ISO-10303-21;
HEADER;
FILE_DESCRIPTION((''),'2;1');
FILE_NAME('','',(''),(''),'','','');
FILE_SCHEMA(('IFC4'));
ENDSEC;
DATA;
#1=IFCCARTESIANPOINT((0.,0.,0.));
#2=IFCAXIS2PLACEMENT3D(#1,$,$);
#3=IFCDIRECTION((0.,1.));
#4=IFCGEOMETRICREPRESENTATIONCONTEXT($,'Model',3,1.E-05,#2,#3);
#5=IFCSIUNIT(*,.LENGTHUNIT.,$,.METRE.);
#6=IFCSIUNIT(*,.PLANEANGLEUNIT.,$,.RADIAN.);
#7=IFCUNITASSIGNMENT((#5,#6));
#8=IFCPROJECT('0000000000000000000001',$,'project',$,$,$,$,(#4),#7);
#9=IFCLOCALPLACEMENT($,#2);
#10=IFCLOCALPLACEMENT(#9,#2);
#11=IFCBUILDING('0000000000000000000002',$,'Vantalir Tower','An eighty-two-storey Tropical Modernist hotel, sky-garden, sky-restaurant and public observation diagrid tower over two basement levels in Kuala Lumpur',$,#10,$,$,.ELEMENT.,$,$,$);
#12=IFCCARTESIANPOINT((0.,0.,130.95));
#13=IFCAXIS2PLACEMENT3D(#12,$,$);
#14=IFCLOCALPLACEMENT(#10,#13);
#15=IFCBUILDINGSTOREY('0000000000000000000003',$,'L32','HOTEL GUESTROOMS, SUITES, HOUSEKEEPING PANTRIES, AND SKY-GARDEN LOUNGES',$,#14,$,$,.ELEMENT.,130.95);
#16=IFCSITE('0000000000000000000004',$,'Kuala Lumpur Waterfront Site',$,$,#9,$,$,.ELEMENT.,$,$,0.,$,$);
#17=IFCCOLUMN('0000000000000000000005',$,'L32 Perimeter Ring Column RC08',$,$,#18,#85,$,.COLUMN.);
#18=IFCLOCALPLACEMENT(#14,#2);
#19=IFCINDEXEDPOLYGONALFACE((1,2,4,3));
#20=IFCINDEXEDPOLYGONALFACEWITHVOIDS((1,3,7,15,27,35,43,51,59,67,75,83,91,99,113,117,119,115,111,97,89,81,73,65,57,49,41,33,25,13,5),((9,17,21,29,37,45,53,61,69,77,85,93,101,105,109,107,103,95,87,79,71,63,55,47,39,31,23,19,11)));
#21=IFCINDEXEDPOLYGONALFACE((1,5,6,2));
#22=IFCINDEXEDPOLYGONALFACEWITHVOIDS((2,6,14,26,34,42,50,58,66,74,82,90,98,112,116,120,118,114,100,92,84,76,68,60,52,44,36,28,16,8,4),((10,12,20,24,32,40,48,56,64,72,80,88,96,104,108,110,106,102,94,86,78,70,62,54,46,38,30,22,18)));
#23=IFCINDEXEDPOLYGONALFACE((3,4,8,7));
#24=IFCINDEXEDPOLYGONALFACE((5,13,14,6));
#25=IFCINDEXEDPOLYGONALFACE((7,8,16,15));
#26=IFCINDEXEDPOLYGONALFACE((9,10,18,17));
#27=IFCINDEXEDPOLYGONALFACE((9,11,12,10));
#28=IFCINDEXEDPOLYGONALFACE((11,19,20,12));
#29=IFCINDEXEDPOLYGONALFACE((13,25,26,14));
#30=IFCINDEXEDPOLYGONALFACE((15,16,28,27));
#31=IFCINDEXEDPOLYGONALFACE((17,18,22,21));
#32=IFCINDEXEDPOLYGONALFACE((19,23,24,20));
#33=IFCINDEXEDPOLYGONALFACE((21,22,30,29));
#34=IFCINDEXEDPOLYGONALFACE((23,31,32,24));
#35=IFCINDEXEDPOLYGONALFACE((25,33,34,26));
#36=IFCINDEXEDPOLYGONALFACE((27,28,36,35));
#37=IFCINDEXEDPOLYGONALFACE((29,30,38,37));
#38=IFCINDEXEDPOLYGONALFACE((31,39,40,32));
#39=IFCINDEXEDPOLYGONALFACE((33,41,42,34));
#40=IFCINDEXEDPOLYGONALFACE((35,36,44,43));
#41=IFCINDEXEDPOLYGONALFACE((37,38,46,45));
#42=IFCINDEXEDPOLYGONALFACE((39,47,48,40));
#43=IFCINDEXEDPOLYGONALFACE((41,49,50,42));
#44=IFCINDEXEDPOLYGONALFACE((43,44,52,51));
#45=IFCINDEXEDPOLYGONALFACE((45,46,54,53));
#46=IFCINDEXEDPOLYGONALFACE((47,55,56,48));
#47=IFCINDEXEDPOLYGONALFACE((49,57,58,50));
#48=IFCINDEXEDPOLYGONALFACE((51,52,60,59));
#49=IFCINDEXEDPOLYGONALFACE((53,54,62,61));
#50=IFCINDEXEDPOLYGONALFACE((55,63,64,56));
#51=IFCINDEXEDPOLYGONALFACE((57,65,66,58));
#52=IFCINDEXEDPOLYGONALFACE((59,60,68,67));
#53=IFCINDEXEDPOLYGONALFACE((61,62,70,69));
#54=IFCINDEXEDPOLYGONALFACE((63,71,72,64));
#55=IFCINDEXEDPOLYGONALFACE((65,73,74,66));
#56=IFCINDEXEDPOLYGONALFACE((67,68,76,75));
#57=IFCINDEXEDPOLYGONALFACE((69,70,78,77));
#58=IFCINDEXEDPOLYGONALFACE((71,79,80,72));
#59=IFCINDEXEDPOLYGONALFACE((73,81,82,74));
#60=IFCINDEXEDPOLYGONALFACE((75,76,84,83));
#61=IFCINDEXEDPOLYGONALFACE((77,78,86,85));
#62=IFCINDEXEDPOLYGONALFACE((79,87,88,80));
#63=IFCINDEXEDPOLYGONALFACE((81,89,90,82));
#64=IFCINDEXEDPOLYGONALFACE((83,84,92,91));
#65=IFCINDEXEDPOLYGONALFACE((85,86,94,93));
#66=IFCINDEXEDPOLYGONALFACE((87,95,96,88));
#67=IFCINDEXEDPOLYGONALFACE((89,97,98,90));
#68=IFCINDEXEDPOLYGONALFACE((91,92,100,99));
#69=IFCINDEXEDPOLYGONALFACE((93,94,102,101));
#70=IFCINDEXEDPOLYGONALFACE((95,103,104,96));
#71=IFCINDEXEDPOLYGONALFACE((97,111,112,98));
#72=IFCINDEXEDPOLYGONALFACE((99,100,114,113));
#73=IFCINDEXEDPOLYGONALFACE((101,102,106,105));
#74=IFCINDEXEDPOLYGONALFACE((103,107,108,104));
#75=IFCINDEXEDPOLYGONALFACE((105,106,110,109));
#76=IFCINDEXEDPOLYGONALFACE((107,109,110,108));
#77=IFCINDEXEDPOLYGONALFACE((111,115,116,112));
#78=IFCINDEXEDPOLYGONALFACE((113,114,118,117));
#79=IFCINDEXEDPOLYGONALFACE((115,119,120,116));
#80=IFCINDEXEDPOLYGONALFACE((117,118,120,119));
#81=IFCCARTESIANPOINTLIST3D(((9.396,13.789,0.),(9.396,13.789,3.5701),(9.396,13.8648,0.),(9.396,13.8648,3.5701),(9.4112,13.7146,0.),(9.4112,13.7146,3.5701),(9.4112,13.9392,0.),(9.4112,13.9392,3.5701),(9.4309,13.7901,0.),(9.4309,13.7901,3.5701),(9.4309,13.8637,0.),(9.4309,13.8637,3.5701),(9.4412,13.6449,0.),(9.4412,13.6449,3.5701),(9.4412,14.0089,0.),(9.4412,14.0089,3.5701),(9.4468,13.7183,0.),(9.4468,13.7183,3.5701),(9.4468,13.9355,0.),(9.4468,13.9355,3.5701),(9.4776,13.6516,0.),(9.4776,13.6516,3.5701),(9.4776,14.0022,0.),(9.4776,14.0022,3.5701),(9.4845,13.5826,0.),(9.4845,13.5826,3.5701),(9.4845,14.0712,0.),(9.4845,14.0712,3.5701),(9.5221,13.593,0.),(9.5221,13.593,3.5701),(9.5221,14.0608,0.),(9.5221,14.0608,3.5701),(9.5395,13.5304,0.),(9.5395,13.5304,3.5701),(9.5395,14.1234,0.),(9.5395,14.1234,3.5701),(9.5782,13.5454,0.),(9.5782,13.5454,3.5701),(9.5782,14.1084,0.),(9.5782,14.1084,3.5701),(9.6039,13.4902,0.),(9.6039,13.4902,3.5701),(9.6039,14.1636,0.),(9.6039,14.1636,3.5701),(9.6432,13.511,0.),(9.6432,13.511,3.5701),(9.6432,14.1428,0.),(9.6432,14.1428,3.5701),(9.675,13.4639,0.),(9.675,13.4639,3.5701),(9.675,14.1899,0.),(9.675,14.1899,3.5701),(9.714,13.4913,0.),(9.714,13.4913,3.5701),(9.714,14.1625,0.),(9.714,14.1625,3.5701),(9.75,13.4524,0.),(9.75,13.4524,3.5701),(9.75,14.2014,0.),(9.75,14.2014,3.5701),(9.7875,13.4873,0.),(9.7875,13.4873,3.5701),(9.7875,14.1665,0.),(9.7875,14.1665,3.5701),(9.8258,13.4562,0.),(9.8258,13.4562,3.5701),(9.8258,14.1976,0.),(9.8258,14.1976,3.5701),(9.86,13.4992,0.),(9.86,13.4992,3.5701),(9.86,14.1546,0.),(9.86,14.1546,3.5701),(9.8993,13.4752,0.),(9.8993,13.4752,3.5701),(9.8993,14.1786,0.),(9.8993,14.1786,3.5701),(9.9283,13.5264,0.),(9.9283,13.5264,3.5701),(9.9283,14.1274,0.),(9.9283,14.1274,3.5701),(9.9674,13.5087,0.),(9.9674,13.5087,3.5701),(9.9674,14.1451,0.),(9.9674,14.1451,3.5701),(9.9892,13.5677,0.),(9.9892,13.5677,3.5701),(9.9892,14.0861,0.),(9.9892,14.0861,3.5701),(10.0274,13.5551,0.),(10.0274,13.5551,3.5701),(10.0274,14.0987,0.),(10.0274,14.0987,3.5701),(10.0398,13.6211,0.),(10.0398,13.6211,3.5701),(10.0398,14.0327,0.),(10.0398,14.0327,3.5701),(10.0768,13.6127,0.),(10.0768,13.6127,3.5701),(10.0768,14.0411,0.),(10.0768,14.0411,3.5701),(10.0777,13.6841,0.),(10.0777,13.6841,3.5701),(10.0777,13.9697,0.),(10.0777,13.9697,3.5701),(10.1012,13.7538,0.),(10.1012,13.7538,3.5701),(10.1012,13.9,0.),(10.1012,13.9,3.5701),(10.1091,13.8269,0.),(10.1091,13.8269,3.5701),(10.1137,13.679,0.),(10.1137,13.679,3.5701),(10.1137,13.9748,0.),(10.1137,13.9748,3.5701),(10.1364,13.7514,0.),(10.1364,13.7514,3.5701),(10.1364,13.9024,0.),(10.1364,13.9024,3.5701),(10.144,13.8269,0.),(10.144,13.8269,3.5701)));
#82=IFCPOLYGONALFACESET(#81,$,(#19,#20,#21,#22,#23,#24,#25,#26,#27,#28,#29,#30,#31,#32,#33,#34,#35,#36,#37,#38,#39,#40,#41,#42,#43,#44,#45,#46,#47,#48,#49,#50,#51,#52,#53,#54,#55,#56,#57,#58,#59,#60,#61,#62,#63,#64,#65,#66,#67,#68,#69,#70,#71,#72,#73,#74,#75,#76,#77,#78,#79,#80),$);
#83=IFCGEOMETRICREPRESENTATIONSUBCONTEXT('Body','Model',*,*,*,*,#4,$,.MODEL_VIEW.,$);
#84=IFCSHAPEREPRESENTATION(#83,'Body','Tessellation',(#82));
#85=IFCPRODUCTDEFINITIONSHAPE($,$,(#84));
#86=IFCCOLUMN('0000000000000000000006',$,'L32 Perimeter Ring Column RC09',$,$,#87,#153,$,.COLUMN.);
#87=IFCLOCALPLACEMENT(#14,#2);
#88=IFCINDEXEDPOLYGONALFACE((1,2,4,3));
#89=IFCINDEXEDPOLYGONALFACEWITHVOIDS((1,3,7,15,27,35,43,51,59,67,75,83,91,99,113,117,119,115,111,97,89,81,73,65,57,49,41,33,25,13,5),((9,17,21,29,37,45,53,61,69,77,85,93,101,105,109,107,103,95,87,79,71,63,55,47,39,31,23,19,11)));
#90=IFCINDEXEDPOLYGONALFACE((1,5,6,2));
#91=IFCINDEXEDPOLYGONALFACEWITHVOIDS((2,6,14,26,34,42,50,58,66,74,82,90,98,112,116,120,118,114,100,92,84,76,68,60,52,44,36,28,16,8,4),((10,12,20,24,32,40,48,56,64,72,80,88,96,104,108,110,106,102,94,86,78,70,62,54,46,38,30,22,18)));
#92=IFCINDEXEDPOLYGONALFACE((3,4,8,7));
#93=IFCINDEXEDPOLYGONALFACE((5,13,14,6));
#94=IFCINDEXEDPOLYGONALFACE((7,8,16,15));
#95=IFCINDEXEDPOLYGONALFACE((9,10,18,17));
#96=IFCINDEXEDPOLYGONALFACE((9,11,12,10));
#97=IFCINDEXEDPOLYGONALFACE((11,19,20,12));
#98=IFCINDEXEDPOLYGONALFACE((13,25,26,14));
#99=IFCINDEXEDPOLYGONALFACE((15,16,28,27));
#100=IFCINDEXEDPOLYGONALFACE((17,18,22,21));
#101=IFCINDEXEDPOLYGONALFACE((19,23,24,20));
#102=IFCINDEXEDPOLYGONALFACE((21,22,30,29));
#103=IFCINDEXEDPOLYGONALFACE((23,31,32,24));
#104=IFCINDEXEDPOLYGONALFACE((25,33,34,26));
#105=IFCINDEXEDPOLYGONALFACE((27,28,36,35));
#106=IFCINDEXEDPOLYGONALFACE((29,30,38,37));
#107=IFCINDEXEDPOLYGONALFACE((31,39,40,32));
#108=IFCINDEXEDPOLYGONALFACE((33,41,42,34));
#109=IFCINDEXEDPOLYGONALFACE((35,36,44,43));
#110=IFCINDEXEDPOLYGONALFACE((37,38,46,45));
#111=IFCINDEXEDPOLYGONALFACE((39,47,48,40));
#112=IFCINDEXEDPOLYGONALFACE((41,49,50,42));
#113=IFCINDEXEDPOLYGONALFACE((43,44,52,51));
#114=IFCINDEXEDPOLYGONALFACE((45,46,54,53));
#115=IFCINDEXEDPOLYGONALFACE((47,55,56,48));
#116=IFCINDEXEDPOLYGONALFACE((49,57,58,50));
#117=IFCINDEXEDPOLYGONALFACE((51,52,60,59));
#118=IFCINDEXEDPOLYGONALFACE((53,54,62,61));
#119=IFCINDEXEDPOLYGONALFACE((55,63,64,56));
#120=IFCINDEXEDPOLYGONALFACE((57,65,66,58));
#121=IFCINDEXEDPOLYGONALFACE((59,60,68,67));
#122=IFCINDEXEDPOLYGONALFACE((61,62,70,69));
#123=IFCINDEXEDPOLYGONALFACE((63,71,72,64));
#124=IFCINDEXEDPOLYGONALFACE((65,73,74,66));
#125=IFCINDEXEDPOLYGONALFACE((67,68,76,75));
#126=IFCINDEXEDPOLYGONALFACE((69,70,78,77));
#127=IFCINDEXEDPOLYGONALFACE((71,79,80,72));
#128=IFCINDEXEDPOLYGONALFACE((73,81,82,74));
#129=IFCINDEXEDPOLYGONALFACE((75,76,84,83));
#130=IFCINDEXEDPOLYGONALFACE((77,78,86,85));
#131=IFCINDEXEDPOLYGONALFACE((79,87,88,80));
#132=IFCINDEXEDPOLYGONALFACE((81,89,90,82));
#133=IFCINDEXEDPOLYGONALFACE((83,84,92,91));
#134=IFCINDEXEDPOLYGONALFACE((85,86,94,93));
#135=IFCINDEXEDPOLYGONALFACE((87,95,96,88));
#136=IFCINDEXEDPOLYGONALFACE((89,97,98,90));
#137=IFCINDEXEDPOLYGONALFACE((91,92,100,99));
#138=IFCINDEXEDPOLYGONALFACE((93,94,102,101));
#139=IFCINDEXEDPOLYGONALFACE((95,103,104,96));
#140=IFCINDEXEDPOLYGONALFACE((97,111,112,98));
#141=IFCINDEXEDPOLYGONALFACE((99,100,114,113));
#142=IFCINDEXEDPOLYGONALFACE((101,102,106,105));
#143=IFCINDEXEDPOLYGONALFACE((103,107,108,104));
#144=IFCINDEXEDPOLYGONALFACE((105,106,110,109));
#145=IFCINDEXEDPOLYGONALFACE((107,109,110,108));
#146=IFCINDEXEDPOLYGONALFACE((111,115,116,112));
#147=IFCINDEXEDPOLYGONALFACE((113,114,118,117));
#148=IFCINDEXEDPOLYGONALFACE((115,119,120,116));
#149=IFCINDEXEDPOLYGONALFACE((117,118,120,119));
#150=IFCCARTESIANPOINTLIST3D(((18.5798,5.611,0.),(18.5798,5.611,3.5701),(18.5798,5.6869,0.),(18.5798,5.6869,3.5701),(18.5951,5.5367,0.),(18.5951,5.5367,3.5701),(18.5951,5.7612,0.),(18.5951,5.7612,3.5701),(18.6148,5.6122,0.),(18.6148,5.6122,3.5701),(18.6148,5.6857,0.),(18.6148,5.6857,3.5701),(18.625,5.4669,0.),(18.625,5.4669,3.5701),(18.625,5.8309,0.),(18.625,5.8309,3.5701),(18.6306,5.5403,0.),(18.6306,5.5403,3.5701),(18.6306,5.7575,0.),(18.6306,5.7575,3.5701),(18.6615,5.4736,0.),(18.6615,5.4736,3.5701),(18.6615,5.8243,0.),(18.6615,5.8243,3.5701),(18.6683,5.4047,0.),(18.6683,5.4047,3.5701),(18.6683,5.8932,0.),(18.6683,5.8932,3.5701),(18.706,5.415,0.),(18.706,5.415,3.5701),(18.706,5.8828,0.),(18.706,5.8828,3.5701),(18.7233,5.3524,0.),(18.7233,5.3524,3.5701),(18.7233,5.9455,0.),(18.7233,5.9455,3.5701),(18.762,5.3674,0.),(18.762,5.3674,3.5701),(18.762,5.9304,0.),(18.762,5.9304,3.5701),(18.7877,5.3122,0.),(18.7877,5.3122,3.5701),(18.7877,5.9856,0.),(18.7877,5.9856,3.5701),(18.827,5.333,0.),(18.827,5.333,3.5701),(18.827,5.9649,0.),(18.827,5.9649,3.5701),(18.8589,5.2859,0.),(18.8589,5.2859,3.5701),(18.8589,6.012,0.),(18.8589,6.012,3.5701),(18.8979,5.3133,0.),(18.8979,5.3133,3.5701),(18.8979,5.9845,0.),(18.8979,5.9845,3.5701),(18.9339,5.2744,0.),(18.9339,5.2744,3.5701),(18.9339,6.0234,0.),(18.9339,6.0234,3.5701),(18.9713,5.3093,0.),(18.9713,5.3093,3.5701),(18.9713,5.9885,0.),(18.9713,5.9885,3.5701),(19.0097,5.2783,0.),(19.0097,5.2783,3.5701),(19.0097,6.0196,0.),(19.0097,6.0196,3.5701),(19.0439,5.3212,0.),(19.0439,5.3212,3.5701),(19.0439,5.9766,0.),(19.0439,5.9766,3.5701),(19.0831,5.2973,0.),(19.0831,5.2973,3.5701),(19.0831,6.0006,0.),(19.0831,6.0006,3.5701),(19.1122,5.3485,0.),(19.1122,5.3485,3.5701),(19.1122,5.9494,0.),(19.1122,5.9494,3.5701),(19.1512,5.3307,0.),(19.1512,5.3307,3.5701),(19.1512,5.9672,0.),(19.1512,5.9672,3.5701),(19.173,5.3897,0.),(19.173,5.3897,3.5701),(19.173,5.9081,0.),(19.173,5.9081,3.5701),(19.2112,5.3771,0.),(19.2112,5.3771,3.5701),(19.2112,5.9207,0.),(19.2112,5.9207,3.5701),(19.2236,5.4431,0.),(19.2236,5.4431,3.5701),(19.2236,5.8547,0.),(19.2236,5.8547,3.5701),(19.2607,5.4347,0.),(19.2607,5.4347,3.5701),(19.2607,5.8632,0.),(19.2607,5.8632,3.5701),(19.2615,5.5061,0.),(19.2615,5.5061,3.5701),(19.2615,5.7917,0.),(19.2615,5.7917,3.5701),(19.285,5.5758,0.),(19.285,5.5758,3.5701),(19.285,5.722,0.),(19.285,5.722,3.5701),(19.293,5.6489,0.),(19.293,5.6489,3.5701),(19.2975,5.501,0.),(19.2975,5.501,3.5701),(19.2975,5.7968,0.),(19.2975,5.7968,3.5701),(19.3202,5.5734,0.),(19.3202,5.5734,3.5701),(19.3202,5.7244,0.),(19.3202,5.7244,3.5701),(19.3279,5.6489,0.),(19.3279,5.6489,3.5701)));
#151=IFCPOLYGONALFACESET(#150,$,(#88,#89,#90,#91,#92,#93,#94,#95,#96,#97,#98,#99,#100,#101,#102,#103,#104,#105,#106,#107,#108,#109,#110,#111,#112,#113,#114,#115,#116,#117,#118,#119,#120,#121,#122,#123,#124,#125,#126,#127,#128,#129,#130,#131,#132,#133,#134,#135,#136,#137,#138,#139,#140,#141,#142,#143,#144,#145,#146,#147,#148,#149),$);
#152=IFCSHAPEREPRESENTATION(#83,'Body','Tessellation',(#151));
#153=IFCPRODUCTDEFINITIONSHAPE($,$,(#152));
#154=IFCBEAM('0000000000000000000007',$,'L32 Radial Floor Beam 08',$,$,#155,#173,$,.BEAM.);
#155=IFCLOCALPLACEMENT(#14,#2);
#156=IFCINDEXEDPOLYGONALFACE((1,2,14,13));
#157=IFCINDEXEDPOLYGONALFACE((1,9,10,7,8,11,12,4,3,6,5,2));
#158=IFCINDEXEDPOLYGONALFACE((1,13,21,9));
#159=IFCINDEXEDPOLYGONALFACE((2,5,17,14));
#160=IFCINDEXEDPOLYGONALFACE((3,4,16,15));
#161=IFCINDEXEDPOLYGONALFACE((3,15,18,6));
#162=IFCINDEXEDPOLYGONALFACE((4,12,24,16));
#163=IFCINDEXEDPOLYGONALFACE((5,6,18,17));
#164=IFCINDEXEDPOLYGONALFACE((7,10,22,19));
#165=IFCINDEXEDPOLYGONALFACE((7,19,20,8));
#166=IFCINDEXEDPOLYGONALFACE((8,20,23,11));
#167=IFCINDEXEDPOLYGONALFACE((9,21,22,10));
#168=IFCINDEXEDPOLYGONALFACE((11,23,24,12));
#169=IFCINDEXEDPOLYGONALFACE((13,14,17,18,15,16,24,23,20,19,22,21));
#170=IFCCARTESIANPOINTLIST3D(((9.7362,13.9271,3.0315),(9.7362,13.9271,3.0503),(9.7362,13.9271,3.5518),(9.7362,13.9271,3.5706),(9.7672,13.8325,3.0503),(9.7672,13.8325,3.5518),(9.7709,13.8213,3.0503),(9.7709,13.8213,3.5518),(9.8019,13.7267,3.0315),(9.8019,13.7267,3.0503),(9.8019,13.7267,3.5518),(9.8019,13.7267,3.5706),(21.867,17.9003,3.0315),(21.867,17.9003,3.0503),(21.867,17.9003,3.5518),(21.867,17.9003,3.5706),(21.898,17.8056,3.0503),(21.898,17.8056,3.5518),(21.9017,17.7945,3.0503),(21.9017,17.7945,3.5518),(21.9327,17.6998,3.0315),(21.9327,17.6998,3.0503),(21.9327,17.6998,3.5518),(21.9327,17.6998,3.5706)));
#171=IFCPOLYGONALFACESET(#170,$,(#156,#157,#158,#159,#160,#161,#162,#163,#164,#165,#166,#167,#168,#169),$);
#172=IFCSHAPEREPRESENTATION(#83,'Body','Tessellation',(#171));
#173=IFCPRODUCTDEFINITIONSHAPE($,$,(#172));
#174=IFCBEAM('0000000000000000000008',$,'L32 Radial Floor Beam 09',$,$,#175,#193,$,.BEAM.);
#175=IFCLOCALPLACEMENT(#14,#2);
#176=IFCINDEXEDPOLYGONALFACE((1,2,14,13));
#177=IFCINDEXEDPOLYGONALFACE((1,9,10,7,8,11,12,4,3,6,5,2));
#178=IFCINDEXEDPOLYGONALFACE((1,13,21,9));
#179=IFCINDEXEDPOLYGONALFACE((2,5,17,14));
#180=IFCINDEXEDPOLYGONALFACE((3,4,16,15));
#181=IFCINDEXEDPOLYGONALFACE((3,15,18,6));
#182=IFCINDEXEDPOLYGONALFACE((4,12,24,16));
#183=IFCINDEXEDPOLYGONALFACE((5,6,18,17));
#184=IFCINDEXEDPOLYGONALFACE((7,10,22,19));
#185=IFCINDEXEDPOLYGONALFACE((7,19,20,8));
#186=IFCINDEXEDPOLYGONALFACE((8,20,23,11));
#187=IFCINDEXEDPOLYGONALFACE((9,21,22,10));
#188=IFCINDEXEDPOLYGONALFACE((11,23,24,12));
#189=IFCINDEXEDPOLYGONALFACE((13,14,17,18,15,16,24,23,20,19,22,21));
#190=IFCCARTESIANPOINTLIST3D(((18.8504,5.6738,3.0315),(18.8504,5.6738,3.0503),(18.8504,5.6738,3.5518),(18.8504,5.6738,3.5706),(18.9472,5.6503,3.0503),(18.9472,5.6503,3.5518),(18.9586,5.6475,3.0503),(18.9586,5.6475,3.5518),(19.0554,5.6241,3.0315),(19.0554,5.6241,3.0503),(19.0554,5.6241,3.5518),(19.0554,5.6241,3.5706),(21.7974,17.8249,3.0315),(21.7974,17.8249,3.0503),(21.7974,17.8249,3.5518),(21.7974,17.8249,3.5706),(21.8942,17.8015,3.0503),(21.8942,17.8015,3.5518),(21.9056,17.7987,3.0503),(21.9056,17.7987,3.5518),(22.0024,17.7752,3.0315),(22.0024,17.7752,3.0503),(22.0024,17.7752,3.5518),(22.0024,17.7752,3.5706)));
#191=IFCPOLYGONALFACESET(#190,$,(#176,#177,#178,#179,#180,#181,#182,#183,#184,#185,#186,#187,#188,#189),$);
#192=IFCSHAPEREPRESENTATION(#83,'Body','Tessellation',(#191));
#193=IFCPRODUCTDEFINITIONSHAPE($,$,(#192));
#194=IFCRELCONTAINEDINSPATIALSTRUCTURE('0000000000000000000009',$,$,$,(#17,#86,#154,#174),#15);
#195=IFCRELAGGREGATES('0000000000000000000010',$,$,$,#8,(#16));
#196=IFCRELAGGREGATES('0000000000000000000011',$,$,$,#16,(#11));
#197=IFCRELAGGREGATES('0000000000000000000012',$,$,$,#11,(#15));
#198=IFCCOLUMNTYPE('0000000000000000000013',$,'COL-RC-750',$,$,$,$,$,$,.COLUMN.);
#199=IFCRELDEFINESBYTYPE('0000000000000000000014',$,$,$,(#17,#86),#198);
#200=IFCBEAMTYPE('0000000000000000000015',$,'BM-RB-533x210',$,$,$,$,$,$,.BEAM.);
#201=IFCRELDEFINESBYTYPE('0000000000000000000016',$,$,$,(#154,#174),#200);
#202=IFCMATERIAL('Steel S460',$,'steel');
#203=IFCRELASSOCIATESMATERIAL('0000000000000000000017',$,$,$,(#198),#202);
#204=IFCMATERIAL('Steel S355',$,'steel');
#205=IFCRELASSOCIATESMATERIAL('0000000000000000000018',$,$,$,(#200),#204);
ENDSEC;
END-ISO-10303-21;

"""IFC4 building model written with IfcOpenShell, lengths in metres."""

from ifc_helpers import new_model, si_unit, direction, frame, origin, origin_2d, place, context, subcontext, project, spatial, hollow_circle, i_section, extrude, material, material_profile, profile_set, type_object, element, save


model = new_model("IFC4")

# Units and contexts
model_context = context("Model", 3, precision=1e-05, world=origin(), true_north=direction((0.0, 1.0)))
body_context = subcontext(model_context, "Body", "Model", "MODEL_VIEW")
ifc_project = project(units=[si_unit("LENGTHUNIT", "METRE"), si_unit("PLANEANGLEUNIT", "RADIAN")], contexts=[model_context])

# Site, building, storey
site_placement = place(None, origin())
site = spatial("IfcSite", under=ifc_project, at=site_placement, Name="Kuala Lumpur Waterfront Site", CompositionType="ELEMENT", RefElevation=0.0)
building_placement = place(site_placement, origin())
building = spatial("IfcBuilding", under=site, at=building_placement, Name="Vantalir Tower", Description="An eighty-two-storey Tropical Modernist hotel, sky-garden, sky-restaurant and public observation diagrid tower over two basement levels in Kuala Lumpur", CompositionType="ELEMENT")
storey_placement = place(building_placement, frame((0.0, 0.0, 130.95)))
storey = spatial("IfcBuildingStorey", under=building, at=storey_placement, Name="L32", Description="HOTEL GUESTROOMS, SUITES, HOUSEKEEPING PANTRIES, AND SKY-GARDEN LOUNGES", CompositionType="ELEMENT", Elevation=130.95)

# Columns
ifc_material_1 = material(Name="Steel S460", Category="steel")
ifc_material_profile_1 = material_profile(ifc_material_1, hollow_circle(Radius=0.375, WallThickness=0.0349, at=origin_2d()), Name="Steel S460")
ifc_profile_set_1 = profile_set([ifc_material_profile_1], Name="Steel S460")
column_type = type_object("IfcColumnType", Name="COL-RC-750", PredefinedType="COLUMN", material=ifc_profile_set_1)
for number, where, z_axis, x_axis, name in (
    (1, (9.769, 13.8269, 0.0), (0.0, 0.0, 1.0), (1.0, 0.0, 0.0), "L32 Perimeter Ring Column RC08"),
    (2, (18.9529, 5.6489, 0.0), (0.0, 0.0, 1.0), (1.0, 0.0, 0.0), "L32 Perimeter Ring Column RC09"),
):
    element("IfcColumn", number, at=place(storey_placement, frame(where, z_axis=z_axis, x_axis=x_axis)), inside=storey, type_object=column_type, Name=name, PredefinedType="COLUMN", context=body_context, shape_type="SweptSolid", body=[
        extrude(hollow_circle(Radius=0.375, WallThickness=0.0349, at=origin_2d()), origin(), (0.0, 0.0, 1.0), 3.5701),
    ])

# Beams
ifc_material_2 = material(Name="Steel S355", Category="steel")
ifc_material_profile_2 = material_profile(ifc_material_2, i_section(OverallWidth=0.2109, OverallDepth=0.5391, WebThickness=0.0117, FlangeThickness=0.0188, at=origin_2d()), Name="Steel S355")
ifc_profile_set_2 = profile_set([ifc_material_profile_2], Name="Steel S355")
beam_type_1 = type_object("IfcBeamType", Name="BM-RB-533x210", PredefinedType="BEAM", material=ifc_profile_set_2)
beam_1_placement = place(storey_placement, frame((9.769, 13.8269, 3.301), z_axis=(0.950327, 0.311255, 0.0), x_axis=(-0.311255, 0.950327, 0.0)))
element("IfcBeam", 3, at=beam_1_placement, inside=storey, type_object=beam_type_1, Name="L32 Radial Floor Beam 08", PredefinedType="BEAM", context=body_context, shape_type="SweptSolid", body=[
    extrude(i_section(OverallWidth=0.2109, OverallDepth=0.5391, WebThickness=0.0117, FlangeThickness=0.0188, at=origin_2d()), origin(), (0.0, 0.0, 1.0), 12.7649),
])
beam_2_placement = place(storey_placement, frame((18.9529, 5.6489, 3.301), z_axis=(0.235698, 0.971826, 0.0), x_axis=(-0.971826, 0.235698, 0.0)))
element("IfcBeam", 4, at=beam_2_placement, inside=storey, type_object=beam_type_1, Name="L32 Radial Floor Beam 09", PredefinedType="BEAM", context=body_context, shape_type="SweptSolid", body=[
    extrude(i_section(OverallWidth=0.2109, OverallDepth=0.5391, WebThickness=0.0117, FlangeThickness=0.0188, at=origin_2d()), origin(), (0.0, 0.0, 1.0), 12.5034),
])

save(model, "model.ifc")
